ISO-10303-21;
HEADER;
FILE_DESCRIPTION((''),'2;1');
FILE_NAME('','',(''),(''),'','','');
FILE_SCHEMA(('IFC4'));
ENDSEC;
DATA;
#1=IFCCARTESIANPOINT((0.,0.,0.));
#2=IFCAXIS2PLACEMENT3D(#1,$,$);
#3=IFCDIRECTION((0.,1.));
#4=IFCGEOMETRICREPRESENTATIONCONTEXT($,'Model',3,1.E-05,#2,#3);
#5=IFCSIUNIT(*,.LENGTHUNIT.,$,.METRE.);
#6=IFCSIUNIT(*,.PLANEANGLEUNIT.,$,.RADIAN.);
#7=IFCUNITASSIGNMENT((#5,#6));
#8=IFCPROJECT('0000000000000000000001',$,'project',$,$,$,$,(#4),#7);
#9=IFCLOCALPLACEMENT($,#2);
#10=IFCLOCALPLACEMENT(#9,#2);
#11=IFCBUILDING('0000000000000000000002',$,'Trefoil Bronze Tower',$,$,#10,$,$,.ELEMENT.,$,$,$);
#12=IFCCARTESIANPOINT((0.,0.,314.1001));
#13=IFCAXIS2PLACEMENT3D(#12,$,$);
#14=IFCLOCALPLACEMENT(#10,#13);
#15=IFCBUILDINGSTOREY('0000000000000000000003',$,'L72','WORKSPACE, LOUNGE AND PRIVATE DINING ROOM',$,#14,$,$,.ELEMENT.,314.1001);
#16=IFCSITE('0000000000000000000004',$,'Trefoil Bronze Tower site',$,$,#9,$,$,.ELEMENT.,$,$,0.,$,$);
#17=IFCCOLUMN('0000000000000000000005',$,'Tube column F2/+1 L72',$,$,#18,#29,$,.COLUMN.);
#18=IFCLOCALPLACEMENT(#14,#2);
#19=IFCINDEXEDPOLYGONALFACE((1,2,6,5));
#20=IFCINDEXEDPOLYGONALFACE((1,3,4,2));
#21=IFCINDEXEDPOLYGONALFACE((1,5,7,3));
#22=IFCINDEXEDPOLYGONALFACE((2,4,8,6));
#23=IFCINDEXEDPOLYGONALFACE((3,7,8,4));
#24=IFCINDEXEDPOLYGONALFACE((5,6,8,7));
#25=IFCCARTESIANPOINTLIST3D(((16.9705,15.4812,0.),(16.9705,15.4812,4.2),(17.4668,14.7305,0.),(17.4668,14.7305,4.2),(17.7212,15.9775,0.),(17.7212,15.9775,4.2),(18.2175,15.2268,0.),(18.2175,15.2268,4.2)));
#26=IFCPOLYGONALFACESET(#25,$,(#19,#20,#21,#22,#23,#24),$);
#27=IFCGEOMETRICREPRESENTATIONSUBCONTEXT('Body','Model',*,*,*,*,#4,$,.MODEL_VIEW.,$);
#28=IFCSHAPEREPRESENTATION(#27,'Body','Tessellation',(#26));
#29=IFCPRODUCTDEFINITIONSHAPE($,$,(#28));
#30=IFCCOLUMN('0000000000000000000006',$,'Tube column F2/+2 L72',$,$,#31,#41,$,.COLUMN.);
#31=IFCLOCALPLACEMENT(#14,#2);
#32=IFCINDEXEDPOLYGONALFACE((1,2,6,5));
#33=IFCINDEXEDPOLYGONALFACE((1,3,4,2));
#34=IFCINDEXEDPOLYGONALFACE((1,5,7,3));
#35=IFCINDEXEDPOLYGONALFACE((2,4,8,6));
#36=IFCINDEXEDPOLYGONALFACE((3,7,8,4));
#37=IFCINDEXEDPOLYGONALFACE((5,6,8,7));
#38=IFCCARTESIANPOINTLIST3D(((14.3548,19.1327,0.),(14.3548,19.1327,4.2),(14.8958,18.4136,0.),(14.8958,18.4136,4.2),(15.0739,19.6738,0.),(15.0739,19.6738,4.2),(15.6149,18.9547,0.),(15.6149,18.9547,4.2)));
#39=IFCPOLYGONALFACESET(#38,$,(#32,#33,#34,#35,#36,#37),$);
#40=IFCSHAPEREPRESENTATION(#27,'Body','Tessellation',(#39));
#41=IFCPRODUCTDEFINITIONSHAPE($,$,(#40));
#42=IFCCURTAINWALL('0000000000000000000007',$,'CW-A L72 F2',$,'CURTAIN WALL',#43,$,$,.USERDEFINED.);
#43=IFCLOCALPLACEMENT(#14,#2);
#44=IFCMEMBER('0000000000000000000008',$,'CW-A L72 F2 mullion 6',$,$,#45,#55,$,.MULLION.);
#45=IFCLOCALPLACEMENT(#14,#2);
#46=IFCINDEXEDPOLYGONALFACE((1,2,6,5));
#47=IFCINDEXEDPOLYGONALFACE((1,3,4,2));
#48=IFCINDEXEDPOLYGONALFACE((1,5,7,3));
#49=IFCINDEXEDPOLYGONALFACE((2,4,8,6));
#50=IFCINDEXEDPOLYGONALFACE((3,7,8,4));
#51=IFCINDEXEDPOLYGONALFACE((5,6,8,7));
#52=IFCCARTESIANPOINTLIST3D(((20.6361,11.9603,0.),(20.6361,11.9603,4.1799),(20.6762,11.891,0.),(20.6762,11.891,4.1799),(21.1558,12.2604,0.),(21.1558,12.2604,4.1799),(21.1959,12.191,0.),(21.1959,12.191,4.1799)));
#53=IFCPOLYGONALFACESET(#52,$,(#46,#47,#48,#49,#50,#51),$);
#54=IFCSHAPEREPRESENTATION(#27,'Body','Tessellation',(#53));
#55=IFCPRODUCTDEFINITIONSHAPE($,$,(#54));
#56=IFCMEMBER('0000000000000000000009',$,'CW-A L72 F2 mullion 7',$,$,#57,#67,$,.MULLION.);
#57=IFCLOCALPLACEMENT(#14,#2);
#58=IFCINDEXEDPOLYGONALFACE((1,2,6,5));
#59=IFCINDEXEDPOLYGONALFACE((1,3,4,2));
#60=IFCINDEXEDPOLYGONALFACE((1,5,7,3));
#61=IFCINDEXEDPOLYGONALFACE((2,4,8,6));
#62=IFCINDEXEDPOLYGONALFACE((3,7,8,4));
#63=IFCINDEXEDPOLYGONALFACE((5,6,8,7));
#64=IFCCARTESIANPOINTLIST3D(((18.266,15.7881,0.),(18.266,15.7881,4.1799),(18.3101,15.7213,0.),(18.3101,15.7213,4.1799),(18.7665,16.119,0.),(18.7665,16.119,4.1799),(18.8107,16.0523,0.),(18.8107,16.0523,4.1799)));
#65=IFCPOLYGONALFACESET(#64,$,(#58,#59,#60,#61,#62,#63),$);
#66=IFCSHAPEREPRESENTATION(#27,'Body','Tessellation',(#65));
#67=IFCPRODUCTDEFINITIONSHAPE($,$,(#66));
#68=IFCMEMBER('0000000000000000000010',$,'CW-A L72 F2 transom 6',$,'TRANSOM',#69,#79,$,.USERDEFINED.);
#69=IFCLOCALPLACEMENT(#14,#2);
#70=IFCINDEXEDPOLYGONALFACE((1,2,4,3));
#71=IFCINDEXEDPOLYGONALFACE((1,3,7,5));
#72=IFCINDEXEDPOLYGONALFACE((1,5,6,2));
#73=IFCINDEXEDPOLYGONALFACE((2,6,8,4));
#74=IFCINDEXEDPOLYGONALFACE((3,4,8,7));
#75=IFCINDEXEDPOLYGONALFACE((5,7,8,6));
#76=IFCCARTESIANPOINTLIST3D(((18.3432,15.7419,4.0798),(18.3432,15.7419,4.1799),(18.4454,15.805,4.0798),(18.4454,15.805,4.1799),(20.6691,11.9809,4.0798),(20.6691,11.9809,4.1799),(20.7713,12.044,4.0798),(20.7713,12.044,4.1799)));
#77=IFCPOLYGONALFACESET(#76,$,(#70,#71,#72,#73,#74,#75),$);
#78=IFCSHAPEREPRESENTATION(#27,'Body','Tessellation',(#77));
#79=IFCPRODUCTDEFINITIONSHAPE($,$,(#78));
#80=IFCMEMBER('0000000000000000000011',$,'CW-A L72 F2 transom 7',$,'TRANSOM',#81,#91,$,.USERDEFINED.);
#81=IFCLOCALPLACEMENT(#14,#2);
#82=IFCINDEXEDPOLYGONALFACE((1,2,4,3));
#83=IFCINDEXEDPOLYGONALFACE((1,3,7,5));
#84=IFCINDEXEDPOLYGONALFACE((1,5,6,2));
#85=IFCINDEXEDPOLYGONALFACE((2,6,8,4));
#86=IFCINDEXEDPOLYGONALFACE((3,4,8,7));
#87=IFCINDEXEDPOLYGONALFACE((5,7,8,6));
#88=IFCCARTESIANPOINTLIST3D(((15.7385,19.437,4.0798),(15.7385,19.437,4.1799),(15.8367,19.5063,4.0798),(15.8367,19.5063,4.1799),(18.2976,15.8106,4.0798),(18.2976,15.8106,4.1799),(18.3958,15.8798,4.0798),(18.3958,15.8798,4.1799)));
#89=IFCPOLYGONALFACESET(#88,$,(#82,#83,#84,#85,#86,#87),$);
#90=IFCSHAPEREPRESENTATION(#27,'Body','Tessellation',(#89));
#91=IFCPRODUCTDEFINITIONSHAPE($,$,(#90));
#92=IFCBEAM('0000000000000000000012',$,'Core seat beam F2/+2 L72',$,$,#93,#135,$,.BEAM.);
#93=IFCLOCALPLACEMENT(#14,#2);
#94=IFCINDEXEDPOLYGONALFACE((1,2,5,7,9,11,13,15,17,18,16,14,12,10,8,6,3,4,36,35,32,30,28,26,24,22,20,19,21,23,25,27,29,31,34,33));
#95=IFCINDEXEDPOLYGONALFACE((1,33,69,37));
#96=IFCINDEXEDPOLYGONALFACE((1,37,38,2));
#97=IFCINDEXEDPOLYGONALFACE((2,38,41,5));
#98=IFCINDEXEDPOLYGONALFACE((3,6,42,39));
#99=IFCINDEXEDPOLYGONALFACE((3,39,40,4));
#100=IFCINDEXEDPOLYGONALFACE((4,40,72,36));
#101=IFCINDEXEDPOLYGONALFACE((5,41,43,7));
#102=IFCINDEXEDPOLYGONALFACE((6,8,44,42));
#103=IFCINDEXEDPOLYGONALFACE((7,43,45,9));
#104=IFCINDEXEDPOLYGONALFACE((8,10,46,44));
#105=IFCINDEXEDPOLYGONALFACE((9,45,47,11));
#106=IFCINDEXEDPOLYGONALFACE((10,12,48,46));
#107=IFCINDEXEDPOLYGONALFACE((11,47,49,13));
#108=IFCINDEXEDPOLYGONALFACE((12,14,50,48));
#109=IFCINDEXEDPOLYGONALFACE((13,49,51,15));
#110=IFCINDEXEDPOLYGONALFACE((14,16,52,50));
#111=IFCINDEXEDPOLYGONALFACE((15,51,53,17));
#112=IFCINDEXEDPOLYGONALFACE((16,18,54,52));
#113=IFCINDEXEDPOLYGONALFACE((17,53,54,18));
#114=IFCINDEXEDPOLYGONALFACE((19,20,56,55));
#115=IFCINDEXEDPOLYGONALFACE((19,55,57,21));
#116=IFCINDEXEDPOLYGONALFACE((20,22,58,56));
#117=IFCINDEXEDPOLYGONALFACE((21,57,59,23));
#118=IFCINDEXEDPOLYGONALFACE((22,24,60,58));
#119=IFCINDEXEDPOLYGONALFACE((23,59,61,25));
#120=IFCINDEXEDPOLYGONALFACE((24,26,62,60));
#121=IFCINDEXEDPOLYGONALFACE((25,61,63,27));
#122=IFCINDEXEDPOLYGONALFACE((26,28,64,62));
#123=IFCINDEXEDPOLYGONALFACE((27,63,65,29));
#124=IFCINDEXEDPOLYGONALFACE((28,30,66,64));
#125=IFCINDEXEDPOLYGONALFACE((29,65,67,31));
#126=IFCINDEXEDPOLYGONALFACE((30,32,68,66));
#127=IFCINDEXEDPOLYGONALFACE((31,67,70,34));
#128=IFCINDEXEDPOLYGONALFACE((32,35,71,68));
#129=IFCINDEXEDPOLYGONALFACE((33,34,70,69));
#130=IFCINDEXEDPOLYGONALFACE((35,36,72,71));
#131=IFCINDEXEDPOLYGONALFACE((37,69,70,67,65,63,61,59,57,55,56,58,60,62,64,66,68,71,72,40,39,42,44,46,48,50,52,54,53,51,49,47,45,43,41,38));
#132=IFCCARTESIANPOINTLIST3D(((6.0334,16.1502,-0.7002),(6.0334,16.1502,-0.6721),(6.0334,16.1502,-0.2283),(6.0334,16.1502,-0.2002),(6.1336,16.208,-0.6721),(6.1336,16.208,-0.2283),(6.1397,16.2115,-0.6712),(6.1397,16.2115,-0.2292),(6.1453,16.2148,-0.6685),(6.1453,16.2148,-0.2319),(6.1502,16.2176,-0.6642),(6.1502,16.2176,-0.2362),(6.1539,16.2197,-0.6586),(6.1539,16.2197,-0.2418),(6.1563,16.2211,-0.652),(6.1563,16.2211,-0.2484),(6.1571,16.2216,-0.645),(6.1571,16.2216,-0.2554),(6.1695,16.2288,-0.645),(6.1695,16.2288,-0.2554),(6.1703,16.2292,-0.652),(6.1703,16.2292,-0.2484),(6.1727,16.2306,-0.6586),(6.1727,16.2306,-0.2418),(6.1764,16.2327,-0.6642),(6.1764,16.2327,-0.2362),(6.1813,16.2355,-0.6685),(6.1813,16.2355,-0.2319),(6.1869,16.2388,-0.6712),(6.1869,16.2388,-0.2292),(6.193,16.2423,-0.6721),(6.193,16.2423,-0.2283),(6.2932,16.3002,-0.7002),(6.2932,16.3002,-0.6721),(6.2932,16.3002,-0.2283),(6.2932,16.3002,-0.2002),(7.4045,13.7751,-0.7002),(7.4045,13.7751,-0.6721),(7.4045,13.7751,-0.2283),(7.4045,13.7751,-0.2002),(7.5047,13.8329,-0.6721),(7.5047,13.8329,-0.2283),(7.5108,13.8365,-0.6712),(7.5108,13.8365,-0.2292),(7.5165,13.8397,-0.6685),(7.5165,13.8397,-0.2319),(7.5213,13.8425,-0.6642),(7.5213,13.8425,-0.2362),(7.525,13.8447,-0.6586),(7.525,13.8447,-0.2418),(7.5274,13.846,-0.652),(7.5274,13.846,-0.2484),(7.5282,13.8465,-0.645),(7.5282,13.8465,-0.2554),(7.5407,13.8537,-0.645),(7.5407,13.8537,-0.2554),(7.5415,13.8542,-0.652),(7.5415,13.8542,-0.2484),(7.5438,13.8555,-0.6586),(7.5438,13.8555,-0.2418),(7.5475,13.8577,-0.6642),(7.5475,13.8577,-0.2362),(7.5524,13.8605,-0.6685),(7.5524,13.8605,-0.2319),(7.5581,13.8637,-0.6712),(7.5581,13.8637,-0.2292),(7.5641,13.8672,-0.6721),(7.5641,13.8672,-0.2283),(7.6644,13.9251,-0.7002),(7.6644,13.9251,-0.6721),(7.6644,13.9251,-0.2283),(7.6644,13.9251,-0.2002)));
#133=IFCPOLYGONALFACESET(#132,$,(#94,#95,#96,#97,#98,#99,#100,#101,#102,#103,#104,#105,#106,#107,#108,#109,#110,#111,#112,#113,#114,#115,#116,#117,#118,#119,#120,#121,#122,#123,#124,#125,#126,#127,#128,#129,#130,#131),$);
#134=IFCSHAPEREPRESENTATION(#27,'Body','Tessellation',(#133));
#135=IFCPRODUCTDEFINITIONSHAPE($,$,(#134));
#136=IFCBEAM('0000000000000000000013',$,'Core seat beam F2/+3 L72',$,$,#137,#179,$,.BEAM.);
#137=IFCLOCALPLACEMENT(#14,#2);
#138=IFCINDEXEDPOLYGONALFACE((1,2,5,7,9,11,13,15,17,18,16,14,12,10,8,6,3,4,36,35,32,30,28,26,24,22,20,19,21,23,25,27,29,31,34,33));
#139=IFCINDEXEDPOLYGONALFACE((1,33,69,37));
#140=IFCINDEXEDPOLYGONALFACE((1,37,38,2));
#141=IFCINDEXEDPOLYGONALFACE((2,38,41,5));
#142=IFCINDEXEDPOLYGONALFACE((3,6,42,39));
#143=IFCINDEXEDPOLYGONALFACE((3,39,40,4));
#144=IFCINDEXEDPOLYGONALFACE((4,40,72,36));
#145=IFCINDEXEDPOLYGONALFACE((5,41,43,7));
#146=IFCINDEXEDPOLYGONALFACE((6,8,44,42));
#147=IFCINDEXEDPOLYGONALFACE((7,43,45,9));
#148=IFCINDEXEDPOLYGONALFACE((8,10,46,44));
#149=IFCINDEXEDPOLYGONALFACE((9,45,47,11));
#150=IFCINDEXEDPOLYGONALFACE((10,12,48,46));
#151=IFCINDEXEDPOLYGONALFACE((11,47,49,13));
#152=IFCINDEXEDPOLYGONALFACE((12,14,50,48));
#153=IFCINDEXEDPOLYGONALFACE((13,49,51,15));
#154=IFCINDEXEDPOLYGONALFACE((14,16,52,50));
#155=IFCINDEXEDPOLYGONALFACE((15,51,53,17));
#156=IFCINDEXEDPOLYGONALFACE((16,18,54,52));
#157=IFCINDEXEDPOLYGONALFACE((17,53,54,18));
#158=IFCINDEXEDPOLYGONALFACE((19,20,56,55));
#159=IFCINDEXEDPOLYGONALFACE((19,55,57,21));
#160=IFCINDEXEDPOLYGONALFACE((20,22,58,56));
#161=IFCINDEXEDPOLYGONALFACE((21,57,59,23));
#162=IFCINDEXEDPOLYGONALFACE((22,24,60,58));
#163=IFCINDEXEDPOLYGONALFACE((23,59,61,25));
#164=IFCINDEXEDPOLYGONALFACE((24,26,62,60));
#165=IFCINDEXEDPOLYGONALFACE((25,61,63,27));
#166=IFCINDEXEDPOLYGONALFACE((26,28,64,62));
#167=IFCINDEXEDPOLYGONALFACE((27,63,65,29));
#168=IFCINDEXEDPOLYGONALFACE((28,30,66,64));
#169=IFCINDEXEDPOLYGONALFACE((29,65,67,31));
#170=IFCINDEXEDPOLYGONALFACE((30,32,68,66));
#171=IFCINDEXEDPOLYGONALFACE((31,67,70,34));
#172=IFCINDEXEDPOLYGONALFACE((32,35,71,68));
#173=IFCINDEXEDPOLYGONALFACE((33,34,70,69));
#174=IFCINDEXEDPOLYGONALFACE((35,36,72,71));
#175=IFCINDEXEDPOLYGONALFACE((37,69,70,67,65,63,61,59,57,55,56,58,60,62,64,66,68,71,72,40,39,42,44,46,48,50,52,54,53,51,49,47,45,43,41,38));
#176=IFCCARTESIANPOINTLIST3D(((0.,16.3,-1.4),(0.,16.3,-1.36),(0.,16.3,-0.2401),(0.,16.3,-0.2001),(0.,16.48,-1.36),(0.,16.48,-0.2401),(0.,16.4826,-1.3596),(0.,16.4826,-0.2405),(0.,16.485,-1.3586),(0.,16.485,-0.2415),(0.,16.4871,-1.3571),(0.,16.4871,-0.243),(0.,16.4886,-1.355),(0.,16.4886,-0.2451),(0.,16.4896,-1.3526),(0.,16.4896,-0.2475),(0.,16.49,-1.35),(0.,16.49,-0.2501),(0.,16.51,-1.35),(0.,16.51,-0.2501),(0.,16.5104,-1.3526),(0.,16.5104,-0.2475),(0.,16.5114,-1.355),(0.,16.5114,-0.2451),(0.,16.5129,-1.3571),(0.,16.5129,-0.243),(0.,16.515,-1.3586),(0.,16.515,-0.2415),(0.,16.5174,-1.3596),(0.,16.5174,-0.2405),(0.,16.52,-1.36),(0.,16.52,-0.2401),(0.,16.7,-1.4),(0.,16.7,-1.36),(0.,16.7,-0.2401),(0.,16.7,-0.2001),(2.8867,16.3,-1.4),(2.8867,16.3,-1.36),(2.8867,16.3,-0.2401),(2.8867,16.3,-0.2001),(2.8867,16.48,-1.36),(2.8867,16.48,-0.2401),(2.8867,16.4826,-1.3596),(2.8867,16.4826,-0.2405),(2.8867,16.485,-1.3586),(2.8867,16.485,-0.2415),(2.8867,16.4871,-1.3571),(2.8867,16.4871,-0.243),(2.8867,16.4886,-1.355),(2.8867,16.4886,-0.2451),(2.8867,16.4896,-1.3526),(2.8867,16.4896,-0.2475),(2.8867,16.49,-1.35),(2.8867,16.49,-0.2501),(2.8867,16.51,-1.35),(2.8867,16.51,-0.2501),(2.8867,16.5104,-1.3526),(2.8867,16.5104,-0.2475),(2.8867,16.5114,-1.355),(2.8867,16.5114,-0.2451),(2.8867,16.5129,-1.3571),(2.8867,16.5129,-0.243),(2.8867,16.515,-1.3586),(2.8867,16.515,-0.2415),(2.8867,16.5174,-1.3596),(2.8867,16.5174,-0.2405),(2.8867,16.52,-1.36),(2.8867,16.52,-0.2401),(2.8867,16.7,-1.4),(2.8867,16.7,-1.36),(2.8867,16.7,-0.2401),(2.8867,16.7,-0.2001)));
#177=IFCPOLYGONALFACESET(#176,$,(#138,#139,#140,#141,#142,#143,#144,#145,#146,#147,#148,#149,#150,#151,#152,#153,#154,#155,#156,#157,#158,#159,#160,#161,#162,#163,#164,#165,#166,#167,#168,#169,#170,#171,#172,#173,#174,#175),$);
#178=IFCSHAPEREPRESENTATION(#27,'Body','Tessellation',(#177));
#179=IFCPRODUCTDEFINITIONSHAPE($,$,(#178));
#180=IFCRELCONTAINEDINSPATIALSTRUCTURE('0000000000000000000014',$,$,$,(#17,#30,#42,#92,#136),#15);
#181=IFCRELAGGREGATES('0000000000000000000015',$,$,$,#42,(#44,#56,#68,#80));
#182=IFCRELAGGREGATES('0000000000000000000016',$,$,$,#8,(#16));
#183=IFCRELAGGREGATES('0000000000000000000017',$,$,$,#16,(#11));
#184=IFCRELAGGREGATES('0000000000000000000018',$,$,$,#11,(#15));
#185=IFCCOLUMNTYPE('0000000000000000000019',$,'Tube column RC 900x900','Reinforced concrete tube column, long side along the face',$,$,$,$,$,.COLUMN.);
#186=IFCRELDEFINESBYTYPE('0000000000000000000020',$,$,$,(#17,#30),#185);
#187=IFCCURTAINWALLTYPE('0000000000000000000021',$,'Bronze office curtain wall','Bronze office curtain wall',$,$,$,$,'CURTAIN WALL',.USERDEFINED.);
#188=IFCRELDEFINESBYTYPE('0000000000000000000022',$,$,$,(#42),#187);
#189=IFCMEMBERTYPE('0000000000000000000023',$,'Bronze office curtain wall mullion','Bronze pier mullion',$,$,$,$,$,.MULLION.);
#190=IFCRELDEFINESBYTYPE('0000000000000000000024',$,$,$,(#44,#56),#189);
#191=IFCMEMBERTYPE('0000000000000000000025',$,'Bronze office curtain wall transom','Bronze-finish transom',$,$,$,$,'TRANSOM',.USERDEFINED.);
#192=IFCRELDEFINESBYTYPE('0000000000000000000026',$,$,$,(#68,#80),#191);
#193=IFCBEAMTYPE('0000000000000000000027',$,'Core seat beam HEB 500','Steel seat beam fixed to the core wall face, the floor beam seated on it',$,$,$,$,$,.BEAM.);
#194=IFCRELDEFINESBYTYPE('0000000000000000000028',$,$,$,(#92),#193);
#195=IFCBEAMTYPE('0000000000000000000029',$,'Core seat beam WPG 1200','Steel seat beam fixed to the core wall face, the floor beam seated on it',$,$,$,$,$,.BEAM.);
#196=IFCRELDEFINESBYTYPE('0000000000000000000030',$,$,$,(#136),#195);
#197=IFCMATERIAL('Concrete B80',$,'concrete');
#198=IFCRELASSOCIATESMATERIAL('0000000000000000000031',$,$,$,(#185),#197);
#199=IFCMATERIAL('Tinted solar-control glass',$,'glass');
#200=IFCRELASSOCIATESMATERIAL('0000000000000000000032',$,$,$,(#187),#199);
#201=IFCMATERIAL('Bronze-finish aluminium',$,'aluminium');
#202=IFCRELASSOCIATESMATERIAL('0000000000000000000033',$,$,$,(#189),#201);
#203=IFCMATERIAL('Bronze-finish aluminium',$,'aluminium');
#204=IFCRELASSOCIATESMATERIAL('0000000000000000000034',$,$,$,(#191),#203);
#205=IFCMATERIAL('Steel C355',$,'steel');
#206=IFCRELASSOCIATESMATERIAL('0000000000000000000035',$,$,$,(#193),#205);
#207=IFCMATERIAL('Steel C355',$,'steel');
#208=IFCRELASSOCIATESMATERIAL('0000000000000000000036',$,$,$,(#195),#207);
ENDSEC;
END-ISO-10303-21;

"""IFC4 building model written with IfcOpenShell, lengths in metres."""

from ifc_helpers import new_model, si_unit, direction, frame, origin, origin_2d, place, context, subcontext, project, spatial, rectangle, i_section, extrude, material, material_profile, profile_set, type_object, element, aggregate, save


model = new_model("IFC4")

# Units and contexts
model_context = context("Model", 3, precision=1e-05, world=origin(), true_north=direction((0.0, 1.0)))
body_context = subcontext(model_context, "Body", "Model", "MODEL_VIEW")
ifc_project = project(units=[si_unit("LENGTHUNIT", "METRE"), si_unit("PLANEANGLEUNIT", "RADIAN")], contexts=[model_context])

# Site, building, storey
site_placement = place(None, origin())
site = spatial("IfcSite", under=ifc_project, at=site_placement, Name="Trefoil Bronze Tower site", CompositionType="ELEMENT", RefElevation=0.0)
building_placement = place(site_placement, origin())
building = spatial("IfcBuilding", under=site, at=building_placement, Name="Trefoil Bronze Tower", CompositionType="ELEMENT")
storey_placement = place(building_placement, frame((0.0, 0.0, 314.1001)))
storey = spatial("IfcBuildingStorey", under=building, at=storey_placement, Name="L72", Description="WORKSPACE, LOUNGE AND PRIVATE DINING ROOM", CompositionType="ELEMENT", Elevation=314.1001)

# Columns
ifc_material_1 = material(Name="Concrete B80", Category="concrete")
ifc_material_profile_1 = material_profile(ifc_material_1, rectangle(XDim=0.8999, YDim=0.8999, at=origin_2d()), Name="RC 900x900")
ifc_profile_set_1 = profile_set([ifc_material_profile_1], Name="Concrete B80")
column_type = type_object("IfcColumnType", Name="Tube column RC 900x900", Description="Reinforced concrete tube column, long side along the face", PredefinedType="COLUMN", material=ifc_profile_set_1)
for number, where, z_axis, x_axis, name in (
    (1, (17.594, 15.354, 0.0), (0.0, 0.0, 1.0), (-0.551524, 0.834159, 0.0), "Tube column F2/+1 L72"),
    (2, (14.9849, 19.0437, 0.0), (0.0, 0.0, 1.0), (-0.601203, 0.799096, 0.0), "Tube column F2/+2 L72"),
):
    element("IfcColumn", number, at=place(storey_placement, frame(where, z_axis=z_axis, x_axis=x_axis)), inside=storey, type_object=column_type, Name=name, PredefinedType="COLUMN", context=body_context, shape_type="SweptSolid", body=[
        extrude(rectangle(XDim=0.8999, YDim=0.8999, at=origin_2d()), origin(), (0.0, 0.0, 1.0), 4.2),
    ])

# Curtain wall, members
ifc_material_2 = material(Name="Tinted solar-control glass", Category="glass")
curtain_wall_type = type_object("IfcCurtainWallType", Name="Bronze office curtain wall", Description="Bronze office curtain wall", ElementType="CURTAIN WALL", PredefinedType="USERDEFINED", material=ifc_material_2)
curtain_wall_placement = place(storey_placement, origin())
curtain_wall = element("IfcCurtainWall", 3, at=curtain_wall_placement, inside=storey, type_object=curtain_wall_type, Name="CW-A L72 F2", ObjectType="CURTAIN WALL", PredefinedType="USERDEFINED")
ifc_material_3 = material(Name="Bronze-finish aluminium", Category="aluminium")
ifc_material_profile_2 = material_profile(ifc_material_3, rectangle(XDim=0.6001, YDim=0.0801, at=origin_2d()), Name="CW-A mullion")
ifc_profile_set_2 = profile_set([ifc_material_profile_2], Name="Bronze-finish aluminium")
member_type_1 = type_object("IfcMemberType", Name="Bronze office curtain wall mullion", Description="Bronze pier mullion", PredefinedType="MULLION", material=ifc_profile_set_2)
member_1_placement = place(storey_placement, frame((20.916, 12.0757, 0.0), z_axis=(0.0, 0.0, 1.0), x_axis=(-0.866025, -0.5, 0.0)))
member_1 = element("IfcMember", 4, at=member_1_placement, type_object=member_type_1, Name="CW-A L72 F2 mullion 6", PredefinedType="MULLION", context=body_context, shape_type="SweptSolid", body=[
    extrude(rectangle(XDim=0.6001, YDim=0.0801, at=origin_2d()), origin(), (0.0, 0.0, 1.0), 4.1799),
])
member_2_placement = place(storey_placement, frame((18.5383, 15.9202, 0.0), z_axis=(0.0, 0.0, 1.0), x_axis=(-0.834159, -0.551524, 0.0)))
member_2 = element("IfcMember", 5, at=member_2_placement, type_object=member_type_1, Name="CW-A L72 F2 mullion 7", PredefinedType="MULLION", context=body_context, shape_type="SweptSolid", body=[
    extrude(rectangle(XDim=0.6001, YDim=0.0801, at=origin_2d()), origin(), (0.0, 0.0, 1.0), 4.1799),
])
ifc_material_4 = material(Name="Bronze-finish aluminium", Category="aluminium")
ifc_material_profile_3 = material_profile(ifc_material_4, rectangle(XDim=0.1201, YDim=0.1001, at=origin_2d()), Name="CW-A transom")
ifc_profile_set_3 = profile_set([ifc_material_profile_3], Name="Bronze-finish aluminium")
member_type_2 = type_object("IfcMemberType", Name="Bronze office curtain wall transom", Description="Bronze-finish transom", ElementType="TRANSOM", PredefinedType="USERDEFINED", material=ifc_profile_set_3)
member_3_placement = place(storey_placement, frame((20.7202, 12.0125, 4.1299), z_axis=(-0.525978, 0.850498, 0.0), x_axis=(-0.850498, -0.525978, 0.0)))
member_3 = element("IfcMember", 6, at=member_3_placement, type_object=member_type_2, Name="CW-A L72 F2 transom 6", ObjectType="TRANSOM", PredefinedType="USERDEFINED", context=body_context, shape_type="SweptSolid", body=[
    extrude(rectangle(XDim=0.1201, YDim=0.1001, at=origin_2d()), origin(), (0.0, 0.0, 1.0), 4.4221),
])
member_4_placement = place(storey_placement, frame((18.3467, 15.8452, 4.1299), z_axis=(-0.576567, 0.81705, 0.0), x_axis=(-0.81705, -0.576567, 0.0)))
member_4 = element("IfcMember", 7, at=member_4_placement, type_object=member_type_2, Name="CW-A L72 F2 transom 7", ObjectType="TRANSOM", PredefinedType="USERDEFINED", context=body_context, shape_type="SweptSolid", body=[
    extrude(rectangle(XDim=0.1201, YDim=0.1001, at=origin_2d()), origin(), (0.0, 0.0, 1.0), 4.4385),
])

# Beams
ifc_material_5 = material(Name="Steel C355", Category="steel")
ifc_material_profile_4 = material_profile(ifc_material_5, i_section(OverallWidth=0.3, OverallDepth=0.5, WebThickness=0.0144, FlangeThickness=0.0281, FilletRadius=0.0271, at=origin_2d()), Name="HEB 500")
ifc_profile_set_4 = profile_set([ifc_material_profile_4], Name="Steel C355")
beam_type_1 = type_object("IfcBeamType", Name="Core seat beam HEB 500", Description="Steel seat beam fixed to the core wall face, the floor beam seated on it", PredefinedType="BEAM", material=ifc_profile_set_4)
beam_1_placement = place(storey_placement, frame((7.5344, 13.8501, -0.4502), z_axis=(-0.499969, 0.866043, 0.0), x_axis=(-0.866043, -0.499969, 0.0)))
element("IfcBeam", 8, at=beam_1_placement, inside=storey, type_object=beam_type_1, Name="Core seat beam F2/+2 L72", PredefinedType="BEAM", context=body_context, shape_type="SweptSolid", body=[
    extrude(i_section(OverallWidth=0.3, OverallDepth=0.5, WebThickness=0.0144, FlangeThickness=0.0281, FilletRadius=0.0271, at=origin_2d()), origin(), (0.0, 0.0, 1.0), 2.7424),
])
ifc_material_6 = material(Name="Steel C355", Category="steel")
ifc_material_profile_5 = material_profile(ifc_material_6, i_section(OverallWidth=0.3999, OverallDepth=1.2, WebThickness=0.02, FlangeThickness=0.04, FilletRadius=0.01, at=origin_2d()), Name="WPG 1200")
ifc_profile_set_5 = profile_set([ifc_material_profile_5], Name="Steel C355")
beam_type_2 = type_object("IfcBeamType", Name="Core seat beam WPG 1200", Description="Steel seat beam fixed to the core wall face, the floor beam seated on it", PredefinedType="BEAM", material=ifc_profile_set_5)
beam_2_placement = place(storey_placement, frame((2.8867, 16.5, -0.8), z_axis=(-1.0, 0.0, 0.0), x_axis=(0.0, -1.0, 0.0)))
element("IfcBeam", 9, at=beam_2_placement, inside=storey, type_object=beam_type_2, Name="Core seat beam F2/+3 L72", PredefinedType="BEAM", context=body_context, shape_type="SweptSolid", body=[
    extrude(i_section(OverallWidth=0.3999, OverallDepth=1.2, WebThickness=0.02, FlangeThickness=0.04, FilletRadius=0.01, at=origin_2d()), origin(), (0.0, 0.0, 1.0), 2.8867),
])

aggregate(curtain_wall, [member_1, member_2, member_3, member_4])

save(model, "model.ifc")
